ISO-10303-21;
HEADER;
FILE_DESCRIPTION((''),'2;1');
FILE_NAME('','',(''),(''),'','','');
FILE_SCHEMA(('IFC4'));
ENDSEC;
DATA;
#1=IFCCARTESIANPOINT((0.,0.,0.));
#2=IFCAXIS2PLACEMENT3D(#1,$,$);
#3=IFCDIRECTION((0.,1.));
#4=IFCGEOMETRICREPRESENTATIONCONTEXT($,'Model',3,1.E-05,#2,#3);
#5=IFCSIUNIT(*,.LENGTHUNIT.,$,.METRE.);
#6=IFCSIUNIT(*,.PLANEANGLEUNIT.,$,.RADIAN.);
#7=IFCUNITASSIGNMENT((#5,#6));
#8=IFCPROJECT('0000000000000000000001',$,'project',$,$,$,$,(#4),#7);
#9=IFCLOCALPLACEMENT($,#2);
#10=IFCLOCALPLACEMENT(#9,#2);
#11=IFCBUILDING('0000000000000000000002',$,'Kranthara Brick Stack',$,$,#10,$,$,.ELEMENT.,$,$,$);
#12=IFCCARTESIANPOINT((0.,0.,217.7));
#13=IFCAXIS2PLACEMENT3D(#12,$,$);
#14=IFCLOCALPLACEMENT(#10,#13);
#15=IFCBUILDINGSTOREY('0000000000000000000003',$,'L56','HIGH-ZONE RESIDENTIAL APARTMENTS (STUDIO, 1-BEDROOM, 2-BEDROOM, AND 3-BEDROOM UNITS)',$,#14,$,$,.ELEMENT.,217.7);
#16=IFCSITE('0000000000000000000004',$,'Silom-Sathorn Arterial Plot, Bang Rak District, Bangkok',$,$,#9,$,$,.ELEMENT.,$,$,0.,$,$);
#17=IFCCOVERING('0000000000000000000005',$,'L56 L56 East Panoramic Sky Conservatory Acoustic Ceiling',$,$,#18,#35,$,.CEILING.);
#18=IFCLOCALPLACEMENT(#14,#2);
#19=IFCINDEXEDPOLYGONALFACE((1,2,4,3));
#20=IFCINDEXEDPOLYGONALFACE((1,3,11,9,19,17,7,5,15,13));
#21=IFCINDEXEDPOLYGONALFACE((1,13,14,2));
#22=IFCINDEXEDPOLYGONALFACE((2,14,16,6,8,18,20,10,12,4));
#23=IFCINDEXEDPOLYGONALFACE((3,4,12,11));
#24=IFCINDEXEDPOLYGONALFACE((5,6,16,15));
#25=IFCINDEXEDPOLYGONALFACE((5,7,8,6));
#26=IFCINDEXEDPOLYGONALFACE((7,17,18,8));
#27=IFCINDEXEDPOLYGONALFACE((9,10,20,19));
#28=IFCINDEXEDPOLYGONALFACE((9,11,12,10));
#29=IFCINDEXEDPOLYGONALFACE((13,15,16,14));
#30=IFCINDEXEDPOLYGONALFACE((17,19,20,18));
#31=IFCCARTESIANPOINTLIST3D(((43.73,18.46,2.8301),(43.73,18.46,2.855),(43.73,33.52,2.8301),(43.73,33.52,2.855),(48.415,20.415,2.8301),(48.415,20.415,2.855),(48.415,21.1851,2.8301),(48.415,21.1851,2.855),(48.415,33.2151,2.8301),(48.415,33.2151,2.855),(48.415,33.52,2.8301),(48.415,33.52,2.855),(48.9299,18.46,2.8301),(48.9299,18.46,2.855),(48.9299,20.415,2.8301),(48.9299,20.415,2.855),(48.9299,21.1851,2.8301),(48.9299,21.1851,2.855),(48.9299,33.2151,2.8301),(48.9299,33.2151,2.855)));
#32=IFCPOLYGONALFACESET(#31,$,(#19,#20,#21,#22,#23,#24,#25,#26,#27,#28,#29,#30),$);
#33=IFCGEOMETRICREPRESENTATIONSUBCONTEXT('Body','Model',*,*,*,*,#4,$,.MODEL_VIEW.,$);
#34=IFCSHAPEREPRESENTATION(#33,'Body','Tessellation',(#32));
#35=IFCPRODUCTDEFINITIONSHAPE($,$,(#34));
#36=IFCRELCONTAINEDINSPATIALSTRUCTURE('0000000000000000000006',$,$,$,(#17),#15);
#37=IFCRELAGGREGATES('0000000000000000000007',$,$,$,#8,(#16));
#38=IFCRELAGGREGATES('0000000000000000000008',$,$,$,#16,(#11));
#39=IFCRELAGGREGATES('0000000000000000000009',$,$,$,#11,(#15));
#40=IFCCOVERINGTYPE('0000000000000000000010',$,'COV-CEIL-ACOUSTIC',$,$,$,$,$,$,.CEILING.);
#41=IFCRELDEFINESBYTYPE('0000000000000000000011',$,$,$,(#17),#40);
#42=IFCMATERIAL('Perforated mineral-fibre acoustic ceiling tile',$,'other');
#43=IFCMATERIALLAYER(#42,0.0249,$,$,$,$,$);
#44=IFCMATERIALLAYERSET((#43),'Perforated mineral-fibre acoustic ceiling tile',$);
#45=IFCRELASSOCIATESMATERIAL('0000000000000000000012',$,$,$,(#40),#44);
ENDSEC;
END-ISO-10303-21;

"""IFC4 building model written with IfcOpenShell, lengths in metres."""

from ifc_helpers import new_model, si_unit, direction, frame, origin, place, context, subcontext, project, spatial, polyline, outline, extrude, material, layer, layer_set, type_object, element, save


model = new_model("IFC4")

# Units and contexts
model_context = context("Model", 3, precision=1e-05, world=origin(), true_north=direction((0.0, 1.0)))
body_context = subcontext(model_context, "Body", "Model", "MODEL_VIEW")
ifc_project = project(units=[si_unit("LENGTHUNIT", "METRE"), si_unit("PLANEANGLEUNIT", "RADIAN")], contexts=[model_context])

# Site, building, storey
site_placement = place(None, origin())
site = spatial("IfcSite", under=ifc_project, at=site_placement, Name="Silom-Sathorn Arterial Plot, Bang Rak District, Bangkok", CompositionType="ELEMENT", RefElevation=0.0)
building_placement = place(site_placement, origin())
building = spatial("IfcBuilding", under=site, at=building_placement, Name="Kranthara Brick Stack", CompositionType="ELEMENT")
storey_placement = place(building_placement, frame((0.0, 0.0, 217.7)))
storey = spatial("IfcBuildingStorey", under=building, at=storey_placement, Name="L56", Description="HIGH-ZONE RESIDENTIAL APARTMENTS (STUDIO, 1-BEDROOM, 2-BEDROOM, AND 3-BEDROOM UNITS)", CompositionType="ELEMENT", Elevation=217.7)

# Covering
ifc_material_1 = material(Name="Perforated mineral-fibre acoustic ceiling tile", Category="other")
ifc_layer_1 = layer(ifc_material_1, 0.0249)
ifc_layer_set_1 = layer_set([ifc_layer_1], Name="Perforated mineral-fibre acoustic ceiling tile")
covering_type = type_object("IfcCoveringType", Name="COV-CEIL-ACOUSTIC", PredefinedType="CEILING", material=ifc_layer_set_1)
covering_1_placement = place(storey_placement, frame((0.0, 0.0, 2.8301)))
element("IfcCovering", 1, at=covering_1_placement, inside=storey, type_object=covering_type, Name="L56 L56 East Panoramic Sky Conservatory Acoustic Ceiling", PredefinedType="CEILING", context=body_context, shape_type="SweptSolid", body=[
    extrude(outline(polyline([(43.73, 18.46), (43.73, 33.52), (48.415, 33.52), (48.415, 33.2151), (48.9299, 33.2151), (48.9299, 21.1851), (48.415, 21.1851), (48.415, 20.415), (48.9299, 20.415), (48.9299, 18.46), (43.73, 18.46)])), origin(), (0.0, 0.0, 1.0), 0.0249),
])

save(model, "model.ifc")
